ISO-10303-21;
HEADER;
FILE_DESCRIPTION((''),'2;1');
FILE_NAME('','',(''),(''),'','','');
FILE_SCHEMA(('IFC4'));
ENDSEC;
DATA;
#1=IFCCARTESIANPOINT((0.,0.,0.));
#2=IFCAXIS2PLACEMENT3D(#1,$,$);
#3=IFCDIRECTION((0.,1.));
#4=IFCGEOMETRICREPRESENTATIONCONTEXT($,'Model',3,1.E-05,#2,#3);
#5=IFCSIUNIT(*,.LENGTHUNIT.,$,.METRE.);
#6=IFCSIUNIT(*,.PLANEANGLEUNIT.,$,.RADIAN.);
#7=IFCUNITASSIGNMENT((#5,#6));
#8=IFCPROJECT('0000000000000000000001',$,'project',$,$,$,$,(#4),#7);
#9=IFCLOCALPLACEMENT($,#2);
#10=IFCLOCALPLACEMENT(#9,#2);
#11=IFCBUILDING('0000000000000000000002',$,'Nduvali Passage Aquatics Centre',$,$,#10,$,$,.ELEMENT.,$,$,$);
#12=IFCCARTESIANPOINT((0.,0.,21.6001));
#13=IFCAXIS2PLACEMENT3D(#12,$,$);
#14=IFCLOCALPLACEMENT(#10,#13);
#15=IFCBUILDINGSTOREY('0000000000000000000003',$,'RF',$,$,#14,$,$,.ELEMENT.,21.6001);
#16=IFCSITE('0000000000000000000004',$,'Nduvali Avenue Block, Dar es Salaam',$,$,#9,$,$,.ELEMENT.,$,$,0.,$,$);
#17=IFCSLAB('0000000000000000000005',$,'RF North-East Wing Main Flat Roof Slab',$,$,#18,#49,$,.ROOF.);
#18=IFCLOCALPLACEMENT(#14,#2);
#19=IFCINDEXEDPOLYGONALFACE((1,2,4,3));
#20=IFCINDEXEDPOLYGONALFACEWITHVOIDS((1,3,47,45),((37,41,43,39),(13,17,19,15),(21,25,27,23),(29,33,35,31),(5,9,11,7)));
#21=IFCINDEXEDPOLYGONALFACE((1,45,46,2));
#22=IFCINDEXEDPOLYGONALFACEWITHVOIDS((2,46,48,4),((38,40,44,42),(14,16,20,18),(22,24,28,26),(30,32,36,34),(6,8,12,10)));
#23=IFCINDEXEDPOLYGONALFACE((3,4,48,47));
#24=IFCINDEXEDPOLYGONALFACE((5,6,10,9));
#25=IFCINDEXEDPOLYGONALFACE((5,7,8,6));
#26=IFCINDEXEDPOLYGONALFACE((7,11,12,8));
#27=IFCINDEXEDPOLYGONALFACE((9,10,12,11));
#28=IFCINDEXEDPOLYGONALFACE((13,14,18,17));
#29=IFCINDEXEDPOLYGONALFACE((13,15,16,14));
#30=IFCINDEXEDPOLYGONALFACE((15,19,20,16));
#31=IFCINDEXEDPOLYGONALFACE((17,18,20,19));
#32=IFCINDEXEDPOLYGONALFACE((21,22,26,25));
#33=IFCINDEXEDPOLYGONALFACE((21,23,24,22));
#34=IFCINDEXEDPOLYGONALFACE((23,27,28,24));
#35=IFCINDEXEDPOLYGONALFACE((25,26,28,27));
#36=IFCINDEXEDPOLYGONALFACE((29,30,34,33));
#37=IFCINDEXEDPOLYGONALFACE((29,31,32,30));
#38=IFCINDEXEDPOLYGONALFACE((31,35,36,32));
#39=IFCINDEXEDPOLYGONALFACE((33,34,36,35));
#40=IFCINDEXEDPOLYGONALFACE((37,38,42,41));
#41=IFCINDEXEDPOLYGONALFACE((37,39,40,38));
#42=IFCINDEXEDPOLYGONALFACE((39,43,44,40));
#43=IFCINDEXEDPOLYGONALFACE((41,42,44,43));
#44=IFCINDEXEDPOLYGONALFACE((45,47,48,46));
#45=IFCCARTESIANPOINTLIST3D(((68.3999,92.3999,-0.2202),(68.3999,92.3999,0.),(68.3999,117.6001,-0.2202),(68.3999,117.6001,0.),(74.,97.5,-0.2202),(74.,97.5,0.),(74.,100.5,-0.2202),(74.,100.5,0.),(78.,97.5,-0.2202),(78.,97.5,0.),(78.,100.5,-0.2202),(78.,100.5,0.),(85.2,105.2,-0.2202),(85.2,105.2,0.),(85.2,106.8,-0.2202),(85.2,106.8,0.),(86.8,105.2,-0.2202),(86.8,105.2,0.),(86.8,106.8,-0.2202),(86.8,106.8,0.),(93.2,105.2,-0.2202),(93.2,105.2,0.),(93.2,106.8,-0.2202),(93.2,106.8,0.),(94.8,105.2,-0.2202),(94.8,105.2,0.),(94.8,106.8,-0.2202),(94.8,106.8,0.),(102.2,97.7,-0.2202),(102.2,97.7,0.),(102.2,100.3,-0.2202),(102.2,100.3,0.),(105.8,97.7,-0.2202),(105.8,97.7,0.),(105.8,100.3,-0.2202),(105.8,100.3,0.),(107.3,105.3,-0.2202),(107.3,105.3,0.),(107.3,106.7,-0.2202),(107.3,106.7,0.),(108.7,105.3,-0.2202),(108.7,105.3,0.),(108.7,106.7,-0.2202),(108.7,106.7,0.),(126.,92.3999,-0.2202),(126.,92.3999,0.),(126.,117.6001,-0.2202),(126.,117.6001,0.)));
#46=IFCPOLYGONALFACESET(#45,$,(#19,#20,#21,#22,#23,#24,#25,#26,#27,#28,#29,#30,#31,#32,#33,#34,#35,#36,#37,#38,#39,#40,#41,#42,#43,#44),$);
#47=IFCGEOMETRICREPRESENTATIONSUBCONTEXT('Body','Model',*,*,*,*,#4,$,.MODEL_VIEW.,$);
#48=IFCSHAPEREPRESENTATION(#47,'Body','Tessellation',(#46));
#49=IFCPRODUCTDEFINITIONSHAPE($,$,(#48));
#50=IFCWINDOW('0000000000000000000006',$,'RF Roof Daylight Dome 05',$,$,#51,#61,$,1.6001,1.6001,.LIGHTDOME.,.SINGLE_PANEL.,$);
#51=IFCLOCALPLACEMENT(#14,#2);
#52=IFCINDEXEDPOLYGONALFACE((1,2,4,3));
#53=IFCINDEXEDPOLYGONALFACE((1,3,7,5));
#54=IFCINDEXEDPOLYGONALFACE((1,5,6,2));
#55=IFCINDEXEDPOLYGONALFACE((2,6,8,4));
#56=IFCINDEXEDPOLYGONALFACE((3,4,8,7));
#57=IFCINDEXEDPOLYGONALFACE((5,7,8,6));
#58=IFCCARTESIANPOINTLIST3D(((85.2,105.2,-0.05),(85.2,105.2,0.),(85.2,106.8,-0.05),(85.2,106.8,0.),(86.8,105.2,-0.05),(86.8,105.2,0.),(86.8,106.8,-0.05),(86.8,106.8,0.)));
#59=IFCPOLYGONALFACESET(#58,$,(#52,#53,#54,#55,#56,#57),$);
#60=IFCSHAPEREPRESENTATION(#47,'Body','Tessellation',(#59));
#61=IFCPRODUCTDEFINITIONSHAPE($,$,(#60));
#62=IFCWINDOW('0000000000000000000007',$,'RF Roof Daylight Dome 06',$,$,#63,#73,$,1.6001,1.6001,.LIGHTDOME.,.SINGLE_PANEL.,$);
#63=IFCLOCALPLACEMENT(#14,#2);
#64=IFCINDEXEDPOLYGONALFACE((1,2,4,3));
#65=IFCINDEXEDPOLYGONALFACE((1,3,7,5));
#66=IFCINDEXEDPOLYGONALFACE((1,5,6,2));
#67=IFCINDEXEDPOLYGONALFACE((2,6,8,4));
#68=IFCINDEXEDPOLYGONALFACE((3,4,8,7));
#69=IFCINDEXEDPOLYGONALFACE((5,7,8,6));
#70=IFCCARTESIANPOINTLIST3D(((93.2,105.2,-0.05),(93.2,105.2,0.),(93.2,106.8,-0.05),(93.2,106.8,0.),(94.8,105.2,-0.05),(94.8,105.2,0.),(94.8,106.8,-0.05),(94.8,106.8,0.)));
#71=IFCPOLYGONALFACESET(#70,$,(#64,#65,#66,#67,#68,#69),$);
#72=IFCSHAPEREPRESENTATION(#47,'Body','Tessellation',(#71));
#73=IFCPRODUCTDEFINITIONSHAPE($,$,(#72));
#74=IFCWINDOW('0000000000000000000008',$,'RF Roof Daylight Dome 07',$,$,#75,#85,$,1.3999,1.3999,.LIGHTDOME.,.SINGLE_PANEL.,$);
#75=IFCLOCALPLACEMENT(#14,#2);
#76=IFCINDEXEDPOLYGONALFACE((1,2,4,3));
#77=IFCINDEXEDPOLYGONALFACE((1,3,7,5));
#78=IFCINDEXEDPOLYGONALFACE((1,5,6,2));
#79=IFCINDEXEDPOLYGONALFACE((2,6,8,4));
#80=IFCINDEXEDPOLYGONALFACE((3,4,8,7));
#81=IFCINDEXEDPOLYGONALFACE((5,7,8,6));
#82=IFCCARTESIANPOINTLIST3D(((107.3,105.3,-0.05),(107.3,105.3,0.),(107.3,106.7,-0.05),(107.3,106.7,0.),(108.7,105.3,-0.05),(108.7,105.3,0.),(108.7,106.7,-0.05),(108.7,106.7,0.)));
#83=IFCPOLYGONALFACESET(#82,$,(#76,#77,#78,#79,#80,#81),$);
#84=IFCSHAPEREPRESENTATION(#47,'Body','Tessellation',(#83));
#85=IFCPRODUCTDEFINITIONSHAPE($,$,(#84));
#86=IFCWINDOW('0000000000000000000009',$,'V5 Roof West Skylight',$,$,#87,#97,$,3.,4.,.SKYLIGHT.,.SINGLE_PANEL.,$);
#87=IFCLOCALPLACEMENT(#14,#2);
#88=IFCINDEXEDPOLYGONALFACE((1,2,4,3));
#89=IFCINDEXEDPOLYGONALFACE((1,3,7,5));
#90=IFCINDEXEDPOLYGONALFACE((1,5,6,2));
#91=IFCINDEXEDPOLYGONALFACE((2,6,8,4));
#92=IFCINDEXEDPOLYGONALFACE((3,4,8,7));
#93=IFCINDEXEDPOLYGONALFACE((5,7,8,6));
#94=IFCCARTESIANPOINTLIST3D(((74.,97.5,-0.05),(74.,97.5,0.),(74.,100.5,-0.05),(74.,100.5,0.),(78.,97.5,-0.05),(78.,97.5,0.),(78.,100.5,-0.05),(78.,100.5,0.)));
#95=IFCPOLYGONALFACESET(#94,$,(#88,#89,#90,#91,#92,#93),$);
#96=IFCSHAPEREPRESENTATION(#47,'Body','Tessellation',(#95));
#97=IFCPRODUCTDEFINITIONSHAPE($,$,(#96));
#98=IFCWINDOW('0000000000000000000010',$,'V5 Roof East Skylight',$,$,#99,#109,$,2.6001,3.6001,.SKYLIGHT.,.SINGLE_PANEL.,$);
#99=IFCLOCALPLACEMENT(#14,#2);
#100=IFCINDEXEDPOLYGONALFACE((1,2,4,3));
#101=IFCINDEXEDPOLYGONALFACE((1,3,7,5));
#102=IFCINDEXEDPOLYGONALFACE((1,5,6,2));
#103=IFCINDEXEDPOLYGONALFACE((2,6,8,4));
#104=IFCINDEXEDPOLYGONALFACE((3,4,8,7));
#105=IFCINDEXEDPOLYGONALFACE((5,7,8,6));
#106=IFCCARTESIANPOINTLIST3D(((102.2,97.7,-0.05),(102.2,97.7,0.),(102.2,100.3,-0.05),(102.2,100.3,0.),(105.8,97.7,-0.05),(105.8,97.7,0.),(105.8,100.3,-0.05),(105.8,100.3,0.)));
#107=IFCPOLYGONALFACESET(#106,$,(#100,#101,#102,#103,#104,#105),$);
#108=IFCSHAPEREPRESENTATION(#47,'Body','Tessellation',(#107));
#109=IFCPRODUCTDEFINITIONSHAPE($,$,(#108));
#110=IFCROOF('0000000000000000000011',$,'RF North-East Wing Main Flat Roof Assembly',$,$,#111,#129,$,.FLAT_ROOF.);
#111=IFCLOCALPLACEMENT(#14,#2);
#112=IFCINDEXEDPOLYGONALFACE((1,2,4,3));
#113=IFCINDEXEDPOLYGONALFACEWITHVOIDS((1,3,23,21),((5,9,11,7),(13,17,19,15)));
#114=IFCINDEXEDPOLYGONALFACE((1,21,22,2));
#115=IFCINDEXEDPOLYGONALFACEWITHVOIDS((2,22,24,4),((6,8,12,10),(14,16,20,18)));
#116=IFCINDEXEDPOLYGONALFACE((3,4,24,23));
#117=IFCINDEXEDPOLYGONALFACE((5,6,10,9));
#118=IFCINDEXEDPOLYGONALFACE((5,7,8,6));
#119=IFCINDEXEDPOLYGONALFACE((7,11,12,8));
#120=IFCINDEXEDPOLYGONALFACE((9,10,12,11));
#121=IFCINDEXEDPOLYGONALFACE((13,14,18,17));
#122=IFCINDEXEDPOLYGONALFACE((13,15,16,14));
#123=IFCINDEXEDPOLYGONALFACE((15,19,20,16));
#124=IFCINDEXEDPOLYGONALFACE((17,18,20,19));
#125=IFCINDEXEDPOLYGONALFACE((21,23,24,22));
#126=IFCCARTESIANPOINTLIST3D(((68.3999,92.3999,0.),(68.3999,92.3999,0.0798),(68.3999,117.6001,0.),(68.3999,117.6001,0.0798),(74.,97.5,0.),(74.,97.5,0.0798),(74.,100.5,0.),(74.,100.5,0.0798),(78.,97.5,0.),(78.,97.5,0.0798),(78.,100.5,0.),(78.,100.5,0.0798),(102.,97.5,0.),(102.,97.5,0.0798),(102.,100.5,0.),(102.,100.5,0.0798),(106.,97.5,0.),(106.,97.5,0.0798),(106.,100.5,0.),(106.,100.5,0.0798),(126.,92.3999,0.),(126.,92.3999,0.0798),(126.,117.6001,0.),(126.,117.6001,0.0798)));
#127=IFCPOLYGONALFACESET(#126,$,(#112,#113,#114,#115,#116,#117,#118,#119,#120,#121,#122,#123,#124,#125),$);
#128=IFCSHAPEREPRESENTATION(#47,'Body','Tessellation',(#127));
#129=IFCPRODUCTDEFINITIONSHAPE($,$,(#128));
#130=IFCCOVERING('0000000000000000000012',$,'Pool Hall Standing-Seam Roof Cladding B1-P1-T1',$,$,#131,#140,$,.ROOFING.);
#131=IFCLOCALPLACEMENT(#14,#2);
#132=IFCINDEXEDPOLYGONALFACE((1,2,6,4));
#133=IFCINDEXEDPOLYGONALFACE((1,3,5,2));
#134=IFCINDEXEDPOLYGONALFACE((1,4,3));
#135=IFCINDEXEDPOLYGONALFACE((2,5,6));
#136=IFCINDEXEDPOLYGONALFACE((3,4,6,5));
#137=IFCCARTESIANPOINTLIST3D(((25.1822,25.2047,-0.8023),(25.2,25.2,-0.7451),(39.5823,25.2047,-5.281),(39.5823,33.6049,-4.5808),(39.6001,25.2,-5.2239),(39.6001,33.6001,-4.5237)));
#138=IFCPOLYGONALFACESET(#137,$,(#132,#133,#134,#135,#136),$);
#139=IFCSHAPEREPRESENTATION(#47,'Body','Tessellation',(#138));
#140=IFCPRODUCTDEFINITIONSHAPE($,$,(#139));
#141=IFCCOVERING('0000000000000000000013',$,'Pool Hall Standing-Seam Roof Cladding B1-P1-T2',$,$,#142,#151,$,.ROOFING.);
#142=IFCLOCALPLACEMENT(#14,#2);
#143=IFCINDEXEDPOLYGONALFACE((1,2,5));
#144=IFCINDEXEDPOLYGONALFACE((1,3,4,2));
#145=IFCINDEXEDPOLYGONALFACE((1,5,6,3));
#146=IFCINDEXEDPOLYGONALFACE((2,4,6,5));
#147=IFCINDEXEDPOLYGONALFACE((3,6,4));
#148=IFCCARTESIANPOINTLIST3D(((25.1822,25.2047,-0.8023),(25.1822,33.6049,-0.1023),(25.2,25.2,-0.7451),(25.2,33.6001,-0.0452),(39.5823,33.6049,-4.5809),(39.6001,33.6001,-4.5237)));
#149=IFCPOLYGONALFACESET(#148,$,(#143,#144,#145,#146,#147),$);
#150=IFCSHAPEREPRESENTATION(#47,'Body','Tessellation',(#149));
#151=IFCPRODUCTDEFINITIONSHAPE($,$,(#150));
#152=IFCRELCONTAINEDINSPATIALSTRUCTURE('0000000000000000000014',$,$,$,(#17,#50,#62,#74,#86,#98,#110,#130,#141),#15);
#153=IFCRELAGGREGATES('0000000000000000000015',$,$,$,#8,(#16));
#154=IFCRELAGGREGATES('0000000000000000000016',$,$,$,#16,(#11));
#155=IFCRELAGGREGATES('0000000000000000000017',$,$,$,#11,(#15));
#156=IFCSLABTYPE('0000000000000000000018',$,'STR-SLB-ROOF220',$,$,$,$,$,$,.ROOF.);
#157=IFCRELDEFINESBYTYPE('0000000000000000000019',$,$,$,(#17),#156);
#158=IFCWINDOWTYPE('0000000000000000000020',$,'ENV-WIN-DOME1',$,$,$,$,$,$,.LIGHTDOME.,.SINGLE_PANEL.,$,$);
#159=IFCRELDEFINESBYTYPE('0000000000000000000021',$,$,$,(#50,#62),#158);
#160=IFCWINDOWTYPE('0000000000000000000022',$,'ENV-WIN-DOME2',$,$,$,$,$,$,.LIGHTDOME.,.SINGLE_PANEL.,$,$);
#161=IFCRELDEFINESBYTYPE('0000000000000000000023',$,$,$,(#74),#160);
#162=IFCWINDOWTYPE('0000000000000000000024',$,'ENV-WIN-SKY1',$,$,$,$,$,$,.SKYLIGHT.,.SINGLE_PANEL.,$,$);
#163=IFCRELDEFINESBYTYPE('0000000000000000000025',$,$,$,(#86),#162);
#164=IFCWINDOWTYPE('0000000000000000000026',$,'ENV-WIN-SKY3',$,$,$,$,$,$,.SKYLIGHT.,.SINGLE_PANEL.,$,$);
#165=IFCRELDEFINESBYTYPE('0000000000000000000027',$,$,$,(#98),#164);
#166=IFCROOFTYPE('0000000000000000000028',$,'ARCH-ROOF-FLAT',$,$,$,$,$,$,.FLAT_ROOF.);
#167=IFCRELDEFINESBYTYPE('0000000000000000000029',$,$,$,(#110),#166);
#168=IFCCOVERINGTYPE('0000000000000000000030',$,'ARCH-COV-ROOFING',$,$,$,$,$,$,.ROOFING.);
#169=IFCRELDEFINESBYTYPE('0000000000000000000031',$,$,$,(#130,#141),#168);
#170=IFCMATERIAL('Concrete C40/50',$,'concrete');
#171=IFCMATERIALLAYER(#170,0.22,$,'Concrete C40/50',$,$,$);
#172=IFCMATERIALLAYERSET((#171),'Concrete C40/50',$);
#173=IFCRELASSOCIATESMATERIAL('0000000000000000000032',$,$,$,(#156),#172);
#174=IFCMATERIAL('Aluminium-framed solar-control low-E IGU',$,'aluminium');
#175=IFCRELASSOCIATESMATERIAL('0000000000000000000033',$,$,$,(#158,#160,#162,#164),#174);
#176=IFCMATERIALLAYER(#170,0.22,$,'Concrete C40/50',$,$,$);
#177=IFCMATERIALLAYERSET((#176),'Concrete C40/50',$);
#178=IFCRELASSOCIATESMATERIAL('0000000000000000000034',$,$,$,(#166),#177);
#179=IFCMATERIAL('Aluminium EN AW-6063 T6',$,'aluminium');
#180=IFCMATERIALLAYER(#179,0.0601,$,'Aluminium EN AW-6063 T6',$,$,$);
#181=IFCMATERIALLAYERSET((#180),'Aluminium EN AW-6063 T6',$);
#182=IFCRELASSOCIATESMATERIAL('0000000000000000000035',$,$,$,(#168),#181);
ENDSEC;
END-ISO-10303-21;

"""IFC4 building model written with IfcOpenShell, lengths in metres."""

from ifc_helpers import new_model, si_unit, direction, frame, origin, origin_2d, place, context, subcontext, project, spatial, polyline, rectangle, outline, extrude, material, layer, layer_set, type_object, element, fill, save


model = new_model("IFC4")

# Units and contexts
model_context = context("Model", 3, precision=1e-05, world=origin(), true_north=direction((0.0, 1.0)))
body_context = subcontext(model_context, "Body", "Model", "MODEL_VIEW")
ifc_project = project(units=[si_unit("LENGTHUNIT", "METRE"), si_unit("PLANEANGLEUNIT", "RADIAN")], contexts=[model_context])

# Site, building, storey
site_placement = place(None, origin())
site = spatial("IfcSite", under=ifc_project, at=site_placement, Name="Nduvali Avenue Block, Dar es Salaam", CompositionType="ELEMENT", RefElevation=0.0)
building_placement = place(site_placement, origin())
building = spatial("IfcBuilding", under=site, at=building_placement, Name="Nduvali Passage Aquatics Centre", CompositionType="ELEMENT")
storey_placement = place(building_placement, frame((0.0, 0.0, 21.6001)))
storey = spatial("IfcBuildingStorey", under=building, at=storey_placement, Name="RF", CompositionType="ELEMENT", Elevation=21.6001)

# Slab, openings, windows
ifc_material_1 = material(Name="Concrete C40/50", Category="concrete")
ifc_layer_1 = layer(ifc_material_1, 0.22, Name="Concrete C40/50")
ifc_layer_set_1 = layer_set([ifc_layer_1], Name="Concrete C40/50")
slab_type_1 = type_object("IfcSlabType", Name="STR-SLB-ROOF220", PredefinedType="ROOF", material=ifc_layer_set_1)
slab_1_placement = place(storey_placement, frame((0.0, 0.0, -0.2202)))
slab_1 = element("IfcSlab", 1, at=slab_1_placement, inside=storey, type_object=slab_type_1, Name="RF North-East Wing Main Flat Roof Slab", PredefinedType="ROOF", context=body_context, shape_type="SweptSolid", body=[
    extrude(outline(polyline([(68.3999, 92.3999), (126.0, 92.3999), (126.0, 117.6001), (68.3999, 117.6001), (68.3999, 92.3999)])), origin(), (0.0, 0.0, 1.0), 0.2202),
])
opening_1_placement = place(slab_1_placement, frame((76.0, 99.0, -0.0149)))
opening_1 = element("IfcOpeningElement", 2, at=opening_1_placement, cuts=slab_1, PredefinedType="OPENING", context=body_context, shape_type="SweptSolid", body=[
    extrude(rectangle(XDim=4.0, YDim=3.0, at=origin_2d()), origin(), (0.0, 0.0, 1.0), 0.25),
])
opening_2_placement = place(slab_1_placement, frame((104.0, 99.0, -0.0149)))
opening_2 = element("IfcOpeningElement", 3, at=opening_2_placement, cuts=slab_1, PredefinedType="OPENING", context=body_context, shape_type="SweptSolid", body=[
    extrude(rectangle(XDim=3.6001, YDim=2.6001, at=origin_2d()), origin(), (0.0, 0.0, 1.0), 0.25),
])
opening_3_placement = place(slab_1_placement, frame((86.0, 106.0, -0.0149)))
opening_3 = element("IfcOpeningElement", 4, at=opening_3_placement, cuts=slab_1, PredefinedType="OPENING", context=body_context, shape_type="SweptSolid", body=[
    extrude(rectangle(XDim=1.6001, YDim=1.6001, at=origin_2d()), origin(), (0.0, 0.0, 1.0), 0.25),
])
opening_4_placement = place(slab_1_placement, frame((94.0, 106.0, -0.0149)))
opening_4 = element("IfcOpeningElement", 5, at=opening_4_placement, cuts=slab_1, PredefinedType="OPENING", context=body_context, shape_type="SweptSolid", body=[
    extrude(rectangle(XDim=1.6001, YDim=1.6001, at=origin_2d()), origin(), (0.0, 0.0, 1.0), 0.25),
])
opening_5_placement = place(slab_1_placement, frame((108.0, 106.0, -0.0149)))
opening_5 = element("IfcOpeningElement", 6, at=opening_5_placement, cuts=slab_1, PredefinedType="OPENING", context=body_context, shape_type="SweptSolid", body=[
    extrude(rectangle(XDim=1.3999, YDim=1.3999, at=origin_2d()), origin(), (0.0, 0.0, 1.0), 0.25),
])
ifc_material_2 = material(Name="Aluminium-framed solar-control low-E IGU", Category="aluminium")
window_type_1 = type_object("IfcWindowType", Name="ENV-WIN-DOME1", PartitioningType="SINGLE_PANEL", PredefinedType="LIGHTDOME", material=ifc_material_2)
window_1_placement = place(opening_3_placement, frame((0.0, 0.0, 0.1851)))
window_1 = element("IfcWindow", 7, at=window_1_placement, inside=storey, type_object=window_type_1, Name="RF Roof Daylight Dome 05", OverallHeight=1.6001, OverallWidth=1.6001, PartitioningType="SINGLE_PANEL", PredefinedType="LIGHTDOME", context=body_context, shape_type="SweptSolid", body=[
    extrude(rectangle(XDim=1.6001, YDim=1.6001, at=origin_2d()), origin(), (0.0, 0.0, 1.0), 0.05),
])
fill(opening_3, window_1)
window_2_placement = place(opening_4_placement, frame((0.0, 0.0, 0.1851)))
window_2 = element("IfcWindow", 8, at=window_2_placement, inside=storey, type_object=window_type_1, Name="RF Roof Daylight Dome 06", OverallHeight=1.6001, OverallWidth=1.6001, PartitioningType="SINGLE_PANEL", PredefinedType="LIGHTDOME", context=body_context, shape_type="SweptSolid", body=[
    extrude(rectangle(XDim=1.6001, YDim=1.6001, at=origin_2d()), origin(), (0.0, 0.0, 1.0), 0.05),
])
fill(opening_4, window_2)
window_type_2 = type_object("IfcWindowType", Name="ENV-WIN-DOME2", PartitioningType="SINGLE_PANEL", PredefinedType="LIGHTDOME", material=ifc_material_2)
window_3_placement = place(opening_5_placement, frame((0.0, 0.0, 0.1851)))
window_3 = element("IfcWindow", 9, at=window_3_placement, inside=storey, type_object=window_type_2, Name="RF Roof Daylight Dome 07", OverallHeight=1.3999, OverallWidth=1.3999, PartitioningType="SINGLE_PANEL", PredefinedType="LIGHTDOME", context=body_context, shape_type="SweptSolid", body=[
    extrude(rectangle(XDim=1.3999, YDim=1.3999, at=origin_2d()), origin(), (0.0, 0.0, 1.0), 0.05),
])
fill(opening_5, window_3)
window_type_3 = type_object("IfcWindowType", Name="ENV-WIN-SKY1", PartitioningType="SINGLE_PANEL", PredefinedType="SKYLIGHT", material=ifc_material_2)
window_4_placement = place(opening_1_placement, frame((0.0, 0.0, 0.1851)))
window_4 = element("IfcWindow", 10, at=window_4_placement, inside=storey, type_object=window_type_3, Name="V5 Roof West Skylight", OverallHeight=3.0, OverallWidth=4.0, PartitioningType="SINGLE_PANEL", PredefinedType="SKYLIGHT", context=body_context, shape_type="SweptSolid", body=[
    extrude(rectangle(XDim=4.0, YDim=3.0, at=origin_2d()), origin(), (0.0, 0.0, 1.0), 0.05),
])
fill(opening_1, window_4)
window_type_4 = type_object("IfcWindowType", Name="ENV-WIN-SKY3", PartitioningType="SINGLE_PANEL", PredefinedType="SKYLIGHT", material=ifc_material_2)
window_5_placement = place(opening_2_placement, frame((0.0, 0.0, 0.1851)))
window_5 = element("IfcWindow", 11, at=window_5_placement, inside=storey, type_object=window_type_4, Name="V5 Roof East Skylight", OverallHeight=2.6001, OverallWidth=3.6001, PartitioningType="SINGLE_PANEL", PredefinedType="SKYLIGHT", context=body_context, shape_type="SweptSolid", body=[
    extrude(rectangle(XDim=3.6001, YDim=2.6001, at=origin_2d()), origin(), (0.0, 0.0, 1.0), 0.05),
])
fill(opening_2, window_5)

# Roof
ifc_layer_2 = layer(ifc_material_1, 0.22, Name="Concrete C40/50")
ifc_layer_set_2 = layer_set([ifc_layer_2], Name="Concrete C40/50")
roof_type = type_object("IfcRoofType", Name="ARCH-ROOF-FLAT", PredefinedType="FLAT_ROOF", material=ifc_layer_set_2)
roof_placement = place(storey_placement, origin())
element("IfcRoof", 12, at=roof_placement, inside=storey, type_object=roof_type, Name="RF North-East Wing Main Flat Roof Assembly", PredefinedType="FLAT_ROOF", context=body_context, shape_type="SweptSolid", body=[
    extrude(outline(polyline([(68.3999, 92.3999), (126.0, 92.3999), (126.0, 117.6001), (68.3999, 117.6001), (68.3999, 92.3999)]), holes=[polyline([(74.0, 97.5), (78.0, 97.5), (78.0, 100.5), (74.0, 100.5), (74.0, 97.5)]), polyline([(102.0, 97.5), (106.0, 97.5), (106.0, 100.5), (102.0, 100.5), (102.0, 97.5)])]), origin(), (0.0, 0.0, 1.0), 0.0798),
])

# Coverings
ifc_material_3 = material(Name="Aluminium EN AW-6063 T6", Category="aluminium")
ifc_layer_3 = layer(ifc_material_3, 0.0601, Name="Aluminium EN AW-6063 T6")
ifc_layer_set_3 = layer_set([ifc_layer_3], Name="Aluminium EN AW-6063 T6")
covering_type = type_object("IfcCoveringType", Name="ARCH-COV-ROOFING", PredefinedType="ROOFING", material=ifc_layer_set_3)
covering_1_placement = place(storey_placement, frame((25.2, 25.2, -0.7451), z_axis=(0.296053, -0.079343, 0.951871), x_axis=(0.954881, 0.0, -0.296989)))
element("IfcCovering", 13, at=covering_1_placement, inside=storey, type_object=covering_type, Name="Pool Hall Standing-Seam Roof Cladding B1-P1-T1", PredefinedType="ROOFING", context=body_context, shape_type="SweptSolid", body=[
    extrude(outline(polyline([(0.0, 0.0), (15.0806, 0.0), (14.8726, 8.4267), (0.0, 0.0)])), origin(), (0.0, 0.0, -1.0), 0.0601),
])
covering_2_placement = place(storey_placement, frame((25.2, 25.2, -0.7451), z_axis=(0.296038, -0.079316, 0.951877), x_axis=(0.84241, 0.49141, -0.221046)))
element("IfcCovering", 14, at=covering_2_placement, inside=storey, type_object=covering_type, Name="Pool Hall Standing-Seam Roof Cladding B1-P1-T2", PredefinedType="ROOFING", context=body_context, shape_type="SweptSolid", body=[
    extrude(outline(polyline([(0.0, 0.0), (17.094, 0.0), (3.9732, 7.4341), (0.0, 0.0)])), origin(), (0.0, 0.0, -1.0), 0.0601),
])

save(model, "model.ifc")
